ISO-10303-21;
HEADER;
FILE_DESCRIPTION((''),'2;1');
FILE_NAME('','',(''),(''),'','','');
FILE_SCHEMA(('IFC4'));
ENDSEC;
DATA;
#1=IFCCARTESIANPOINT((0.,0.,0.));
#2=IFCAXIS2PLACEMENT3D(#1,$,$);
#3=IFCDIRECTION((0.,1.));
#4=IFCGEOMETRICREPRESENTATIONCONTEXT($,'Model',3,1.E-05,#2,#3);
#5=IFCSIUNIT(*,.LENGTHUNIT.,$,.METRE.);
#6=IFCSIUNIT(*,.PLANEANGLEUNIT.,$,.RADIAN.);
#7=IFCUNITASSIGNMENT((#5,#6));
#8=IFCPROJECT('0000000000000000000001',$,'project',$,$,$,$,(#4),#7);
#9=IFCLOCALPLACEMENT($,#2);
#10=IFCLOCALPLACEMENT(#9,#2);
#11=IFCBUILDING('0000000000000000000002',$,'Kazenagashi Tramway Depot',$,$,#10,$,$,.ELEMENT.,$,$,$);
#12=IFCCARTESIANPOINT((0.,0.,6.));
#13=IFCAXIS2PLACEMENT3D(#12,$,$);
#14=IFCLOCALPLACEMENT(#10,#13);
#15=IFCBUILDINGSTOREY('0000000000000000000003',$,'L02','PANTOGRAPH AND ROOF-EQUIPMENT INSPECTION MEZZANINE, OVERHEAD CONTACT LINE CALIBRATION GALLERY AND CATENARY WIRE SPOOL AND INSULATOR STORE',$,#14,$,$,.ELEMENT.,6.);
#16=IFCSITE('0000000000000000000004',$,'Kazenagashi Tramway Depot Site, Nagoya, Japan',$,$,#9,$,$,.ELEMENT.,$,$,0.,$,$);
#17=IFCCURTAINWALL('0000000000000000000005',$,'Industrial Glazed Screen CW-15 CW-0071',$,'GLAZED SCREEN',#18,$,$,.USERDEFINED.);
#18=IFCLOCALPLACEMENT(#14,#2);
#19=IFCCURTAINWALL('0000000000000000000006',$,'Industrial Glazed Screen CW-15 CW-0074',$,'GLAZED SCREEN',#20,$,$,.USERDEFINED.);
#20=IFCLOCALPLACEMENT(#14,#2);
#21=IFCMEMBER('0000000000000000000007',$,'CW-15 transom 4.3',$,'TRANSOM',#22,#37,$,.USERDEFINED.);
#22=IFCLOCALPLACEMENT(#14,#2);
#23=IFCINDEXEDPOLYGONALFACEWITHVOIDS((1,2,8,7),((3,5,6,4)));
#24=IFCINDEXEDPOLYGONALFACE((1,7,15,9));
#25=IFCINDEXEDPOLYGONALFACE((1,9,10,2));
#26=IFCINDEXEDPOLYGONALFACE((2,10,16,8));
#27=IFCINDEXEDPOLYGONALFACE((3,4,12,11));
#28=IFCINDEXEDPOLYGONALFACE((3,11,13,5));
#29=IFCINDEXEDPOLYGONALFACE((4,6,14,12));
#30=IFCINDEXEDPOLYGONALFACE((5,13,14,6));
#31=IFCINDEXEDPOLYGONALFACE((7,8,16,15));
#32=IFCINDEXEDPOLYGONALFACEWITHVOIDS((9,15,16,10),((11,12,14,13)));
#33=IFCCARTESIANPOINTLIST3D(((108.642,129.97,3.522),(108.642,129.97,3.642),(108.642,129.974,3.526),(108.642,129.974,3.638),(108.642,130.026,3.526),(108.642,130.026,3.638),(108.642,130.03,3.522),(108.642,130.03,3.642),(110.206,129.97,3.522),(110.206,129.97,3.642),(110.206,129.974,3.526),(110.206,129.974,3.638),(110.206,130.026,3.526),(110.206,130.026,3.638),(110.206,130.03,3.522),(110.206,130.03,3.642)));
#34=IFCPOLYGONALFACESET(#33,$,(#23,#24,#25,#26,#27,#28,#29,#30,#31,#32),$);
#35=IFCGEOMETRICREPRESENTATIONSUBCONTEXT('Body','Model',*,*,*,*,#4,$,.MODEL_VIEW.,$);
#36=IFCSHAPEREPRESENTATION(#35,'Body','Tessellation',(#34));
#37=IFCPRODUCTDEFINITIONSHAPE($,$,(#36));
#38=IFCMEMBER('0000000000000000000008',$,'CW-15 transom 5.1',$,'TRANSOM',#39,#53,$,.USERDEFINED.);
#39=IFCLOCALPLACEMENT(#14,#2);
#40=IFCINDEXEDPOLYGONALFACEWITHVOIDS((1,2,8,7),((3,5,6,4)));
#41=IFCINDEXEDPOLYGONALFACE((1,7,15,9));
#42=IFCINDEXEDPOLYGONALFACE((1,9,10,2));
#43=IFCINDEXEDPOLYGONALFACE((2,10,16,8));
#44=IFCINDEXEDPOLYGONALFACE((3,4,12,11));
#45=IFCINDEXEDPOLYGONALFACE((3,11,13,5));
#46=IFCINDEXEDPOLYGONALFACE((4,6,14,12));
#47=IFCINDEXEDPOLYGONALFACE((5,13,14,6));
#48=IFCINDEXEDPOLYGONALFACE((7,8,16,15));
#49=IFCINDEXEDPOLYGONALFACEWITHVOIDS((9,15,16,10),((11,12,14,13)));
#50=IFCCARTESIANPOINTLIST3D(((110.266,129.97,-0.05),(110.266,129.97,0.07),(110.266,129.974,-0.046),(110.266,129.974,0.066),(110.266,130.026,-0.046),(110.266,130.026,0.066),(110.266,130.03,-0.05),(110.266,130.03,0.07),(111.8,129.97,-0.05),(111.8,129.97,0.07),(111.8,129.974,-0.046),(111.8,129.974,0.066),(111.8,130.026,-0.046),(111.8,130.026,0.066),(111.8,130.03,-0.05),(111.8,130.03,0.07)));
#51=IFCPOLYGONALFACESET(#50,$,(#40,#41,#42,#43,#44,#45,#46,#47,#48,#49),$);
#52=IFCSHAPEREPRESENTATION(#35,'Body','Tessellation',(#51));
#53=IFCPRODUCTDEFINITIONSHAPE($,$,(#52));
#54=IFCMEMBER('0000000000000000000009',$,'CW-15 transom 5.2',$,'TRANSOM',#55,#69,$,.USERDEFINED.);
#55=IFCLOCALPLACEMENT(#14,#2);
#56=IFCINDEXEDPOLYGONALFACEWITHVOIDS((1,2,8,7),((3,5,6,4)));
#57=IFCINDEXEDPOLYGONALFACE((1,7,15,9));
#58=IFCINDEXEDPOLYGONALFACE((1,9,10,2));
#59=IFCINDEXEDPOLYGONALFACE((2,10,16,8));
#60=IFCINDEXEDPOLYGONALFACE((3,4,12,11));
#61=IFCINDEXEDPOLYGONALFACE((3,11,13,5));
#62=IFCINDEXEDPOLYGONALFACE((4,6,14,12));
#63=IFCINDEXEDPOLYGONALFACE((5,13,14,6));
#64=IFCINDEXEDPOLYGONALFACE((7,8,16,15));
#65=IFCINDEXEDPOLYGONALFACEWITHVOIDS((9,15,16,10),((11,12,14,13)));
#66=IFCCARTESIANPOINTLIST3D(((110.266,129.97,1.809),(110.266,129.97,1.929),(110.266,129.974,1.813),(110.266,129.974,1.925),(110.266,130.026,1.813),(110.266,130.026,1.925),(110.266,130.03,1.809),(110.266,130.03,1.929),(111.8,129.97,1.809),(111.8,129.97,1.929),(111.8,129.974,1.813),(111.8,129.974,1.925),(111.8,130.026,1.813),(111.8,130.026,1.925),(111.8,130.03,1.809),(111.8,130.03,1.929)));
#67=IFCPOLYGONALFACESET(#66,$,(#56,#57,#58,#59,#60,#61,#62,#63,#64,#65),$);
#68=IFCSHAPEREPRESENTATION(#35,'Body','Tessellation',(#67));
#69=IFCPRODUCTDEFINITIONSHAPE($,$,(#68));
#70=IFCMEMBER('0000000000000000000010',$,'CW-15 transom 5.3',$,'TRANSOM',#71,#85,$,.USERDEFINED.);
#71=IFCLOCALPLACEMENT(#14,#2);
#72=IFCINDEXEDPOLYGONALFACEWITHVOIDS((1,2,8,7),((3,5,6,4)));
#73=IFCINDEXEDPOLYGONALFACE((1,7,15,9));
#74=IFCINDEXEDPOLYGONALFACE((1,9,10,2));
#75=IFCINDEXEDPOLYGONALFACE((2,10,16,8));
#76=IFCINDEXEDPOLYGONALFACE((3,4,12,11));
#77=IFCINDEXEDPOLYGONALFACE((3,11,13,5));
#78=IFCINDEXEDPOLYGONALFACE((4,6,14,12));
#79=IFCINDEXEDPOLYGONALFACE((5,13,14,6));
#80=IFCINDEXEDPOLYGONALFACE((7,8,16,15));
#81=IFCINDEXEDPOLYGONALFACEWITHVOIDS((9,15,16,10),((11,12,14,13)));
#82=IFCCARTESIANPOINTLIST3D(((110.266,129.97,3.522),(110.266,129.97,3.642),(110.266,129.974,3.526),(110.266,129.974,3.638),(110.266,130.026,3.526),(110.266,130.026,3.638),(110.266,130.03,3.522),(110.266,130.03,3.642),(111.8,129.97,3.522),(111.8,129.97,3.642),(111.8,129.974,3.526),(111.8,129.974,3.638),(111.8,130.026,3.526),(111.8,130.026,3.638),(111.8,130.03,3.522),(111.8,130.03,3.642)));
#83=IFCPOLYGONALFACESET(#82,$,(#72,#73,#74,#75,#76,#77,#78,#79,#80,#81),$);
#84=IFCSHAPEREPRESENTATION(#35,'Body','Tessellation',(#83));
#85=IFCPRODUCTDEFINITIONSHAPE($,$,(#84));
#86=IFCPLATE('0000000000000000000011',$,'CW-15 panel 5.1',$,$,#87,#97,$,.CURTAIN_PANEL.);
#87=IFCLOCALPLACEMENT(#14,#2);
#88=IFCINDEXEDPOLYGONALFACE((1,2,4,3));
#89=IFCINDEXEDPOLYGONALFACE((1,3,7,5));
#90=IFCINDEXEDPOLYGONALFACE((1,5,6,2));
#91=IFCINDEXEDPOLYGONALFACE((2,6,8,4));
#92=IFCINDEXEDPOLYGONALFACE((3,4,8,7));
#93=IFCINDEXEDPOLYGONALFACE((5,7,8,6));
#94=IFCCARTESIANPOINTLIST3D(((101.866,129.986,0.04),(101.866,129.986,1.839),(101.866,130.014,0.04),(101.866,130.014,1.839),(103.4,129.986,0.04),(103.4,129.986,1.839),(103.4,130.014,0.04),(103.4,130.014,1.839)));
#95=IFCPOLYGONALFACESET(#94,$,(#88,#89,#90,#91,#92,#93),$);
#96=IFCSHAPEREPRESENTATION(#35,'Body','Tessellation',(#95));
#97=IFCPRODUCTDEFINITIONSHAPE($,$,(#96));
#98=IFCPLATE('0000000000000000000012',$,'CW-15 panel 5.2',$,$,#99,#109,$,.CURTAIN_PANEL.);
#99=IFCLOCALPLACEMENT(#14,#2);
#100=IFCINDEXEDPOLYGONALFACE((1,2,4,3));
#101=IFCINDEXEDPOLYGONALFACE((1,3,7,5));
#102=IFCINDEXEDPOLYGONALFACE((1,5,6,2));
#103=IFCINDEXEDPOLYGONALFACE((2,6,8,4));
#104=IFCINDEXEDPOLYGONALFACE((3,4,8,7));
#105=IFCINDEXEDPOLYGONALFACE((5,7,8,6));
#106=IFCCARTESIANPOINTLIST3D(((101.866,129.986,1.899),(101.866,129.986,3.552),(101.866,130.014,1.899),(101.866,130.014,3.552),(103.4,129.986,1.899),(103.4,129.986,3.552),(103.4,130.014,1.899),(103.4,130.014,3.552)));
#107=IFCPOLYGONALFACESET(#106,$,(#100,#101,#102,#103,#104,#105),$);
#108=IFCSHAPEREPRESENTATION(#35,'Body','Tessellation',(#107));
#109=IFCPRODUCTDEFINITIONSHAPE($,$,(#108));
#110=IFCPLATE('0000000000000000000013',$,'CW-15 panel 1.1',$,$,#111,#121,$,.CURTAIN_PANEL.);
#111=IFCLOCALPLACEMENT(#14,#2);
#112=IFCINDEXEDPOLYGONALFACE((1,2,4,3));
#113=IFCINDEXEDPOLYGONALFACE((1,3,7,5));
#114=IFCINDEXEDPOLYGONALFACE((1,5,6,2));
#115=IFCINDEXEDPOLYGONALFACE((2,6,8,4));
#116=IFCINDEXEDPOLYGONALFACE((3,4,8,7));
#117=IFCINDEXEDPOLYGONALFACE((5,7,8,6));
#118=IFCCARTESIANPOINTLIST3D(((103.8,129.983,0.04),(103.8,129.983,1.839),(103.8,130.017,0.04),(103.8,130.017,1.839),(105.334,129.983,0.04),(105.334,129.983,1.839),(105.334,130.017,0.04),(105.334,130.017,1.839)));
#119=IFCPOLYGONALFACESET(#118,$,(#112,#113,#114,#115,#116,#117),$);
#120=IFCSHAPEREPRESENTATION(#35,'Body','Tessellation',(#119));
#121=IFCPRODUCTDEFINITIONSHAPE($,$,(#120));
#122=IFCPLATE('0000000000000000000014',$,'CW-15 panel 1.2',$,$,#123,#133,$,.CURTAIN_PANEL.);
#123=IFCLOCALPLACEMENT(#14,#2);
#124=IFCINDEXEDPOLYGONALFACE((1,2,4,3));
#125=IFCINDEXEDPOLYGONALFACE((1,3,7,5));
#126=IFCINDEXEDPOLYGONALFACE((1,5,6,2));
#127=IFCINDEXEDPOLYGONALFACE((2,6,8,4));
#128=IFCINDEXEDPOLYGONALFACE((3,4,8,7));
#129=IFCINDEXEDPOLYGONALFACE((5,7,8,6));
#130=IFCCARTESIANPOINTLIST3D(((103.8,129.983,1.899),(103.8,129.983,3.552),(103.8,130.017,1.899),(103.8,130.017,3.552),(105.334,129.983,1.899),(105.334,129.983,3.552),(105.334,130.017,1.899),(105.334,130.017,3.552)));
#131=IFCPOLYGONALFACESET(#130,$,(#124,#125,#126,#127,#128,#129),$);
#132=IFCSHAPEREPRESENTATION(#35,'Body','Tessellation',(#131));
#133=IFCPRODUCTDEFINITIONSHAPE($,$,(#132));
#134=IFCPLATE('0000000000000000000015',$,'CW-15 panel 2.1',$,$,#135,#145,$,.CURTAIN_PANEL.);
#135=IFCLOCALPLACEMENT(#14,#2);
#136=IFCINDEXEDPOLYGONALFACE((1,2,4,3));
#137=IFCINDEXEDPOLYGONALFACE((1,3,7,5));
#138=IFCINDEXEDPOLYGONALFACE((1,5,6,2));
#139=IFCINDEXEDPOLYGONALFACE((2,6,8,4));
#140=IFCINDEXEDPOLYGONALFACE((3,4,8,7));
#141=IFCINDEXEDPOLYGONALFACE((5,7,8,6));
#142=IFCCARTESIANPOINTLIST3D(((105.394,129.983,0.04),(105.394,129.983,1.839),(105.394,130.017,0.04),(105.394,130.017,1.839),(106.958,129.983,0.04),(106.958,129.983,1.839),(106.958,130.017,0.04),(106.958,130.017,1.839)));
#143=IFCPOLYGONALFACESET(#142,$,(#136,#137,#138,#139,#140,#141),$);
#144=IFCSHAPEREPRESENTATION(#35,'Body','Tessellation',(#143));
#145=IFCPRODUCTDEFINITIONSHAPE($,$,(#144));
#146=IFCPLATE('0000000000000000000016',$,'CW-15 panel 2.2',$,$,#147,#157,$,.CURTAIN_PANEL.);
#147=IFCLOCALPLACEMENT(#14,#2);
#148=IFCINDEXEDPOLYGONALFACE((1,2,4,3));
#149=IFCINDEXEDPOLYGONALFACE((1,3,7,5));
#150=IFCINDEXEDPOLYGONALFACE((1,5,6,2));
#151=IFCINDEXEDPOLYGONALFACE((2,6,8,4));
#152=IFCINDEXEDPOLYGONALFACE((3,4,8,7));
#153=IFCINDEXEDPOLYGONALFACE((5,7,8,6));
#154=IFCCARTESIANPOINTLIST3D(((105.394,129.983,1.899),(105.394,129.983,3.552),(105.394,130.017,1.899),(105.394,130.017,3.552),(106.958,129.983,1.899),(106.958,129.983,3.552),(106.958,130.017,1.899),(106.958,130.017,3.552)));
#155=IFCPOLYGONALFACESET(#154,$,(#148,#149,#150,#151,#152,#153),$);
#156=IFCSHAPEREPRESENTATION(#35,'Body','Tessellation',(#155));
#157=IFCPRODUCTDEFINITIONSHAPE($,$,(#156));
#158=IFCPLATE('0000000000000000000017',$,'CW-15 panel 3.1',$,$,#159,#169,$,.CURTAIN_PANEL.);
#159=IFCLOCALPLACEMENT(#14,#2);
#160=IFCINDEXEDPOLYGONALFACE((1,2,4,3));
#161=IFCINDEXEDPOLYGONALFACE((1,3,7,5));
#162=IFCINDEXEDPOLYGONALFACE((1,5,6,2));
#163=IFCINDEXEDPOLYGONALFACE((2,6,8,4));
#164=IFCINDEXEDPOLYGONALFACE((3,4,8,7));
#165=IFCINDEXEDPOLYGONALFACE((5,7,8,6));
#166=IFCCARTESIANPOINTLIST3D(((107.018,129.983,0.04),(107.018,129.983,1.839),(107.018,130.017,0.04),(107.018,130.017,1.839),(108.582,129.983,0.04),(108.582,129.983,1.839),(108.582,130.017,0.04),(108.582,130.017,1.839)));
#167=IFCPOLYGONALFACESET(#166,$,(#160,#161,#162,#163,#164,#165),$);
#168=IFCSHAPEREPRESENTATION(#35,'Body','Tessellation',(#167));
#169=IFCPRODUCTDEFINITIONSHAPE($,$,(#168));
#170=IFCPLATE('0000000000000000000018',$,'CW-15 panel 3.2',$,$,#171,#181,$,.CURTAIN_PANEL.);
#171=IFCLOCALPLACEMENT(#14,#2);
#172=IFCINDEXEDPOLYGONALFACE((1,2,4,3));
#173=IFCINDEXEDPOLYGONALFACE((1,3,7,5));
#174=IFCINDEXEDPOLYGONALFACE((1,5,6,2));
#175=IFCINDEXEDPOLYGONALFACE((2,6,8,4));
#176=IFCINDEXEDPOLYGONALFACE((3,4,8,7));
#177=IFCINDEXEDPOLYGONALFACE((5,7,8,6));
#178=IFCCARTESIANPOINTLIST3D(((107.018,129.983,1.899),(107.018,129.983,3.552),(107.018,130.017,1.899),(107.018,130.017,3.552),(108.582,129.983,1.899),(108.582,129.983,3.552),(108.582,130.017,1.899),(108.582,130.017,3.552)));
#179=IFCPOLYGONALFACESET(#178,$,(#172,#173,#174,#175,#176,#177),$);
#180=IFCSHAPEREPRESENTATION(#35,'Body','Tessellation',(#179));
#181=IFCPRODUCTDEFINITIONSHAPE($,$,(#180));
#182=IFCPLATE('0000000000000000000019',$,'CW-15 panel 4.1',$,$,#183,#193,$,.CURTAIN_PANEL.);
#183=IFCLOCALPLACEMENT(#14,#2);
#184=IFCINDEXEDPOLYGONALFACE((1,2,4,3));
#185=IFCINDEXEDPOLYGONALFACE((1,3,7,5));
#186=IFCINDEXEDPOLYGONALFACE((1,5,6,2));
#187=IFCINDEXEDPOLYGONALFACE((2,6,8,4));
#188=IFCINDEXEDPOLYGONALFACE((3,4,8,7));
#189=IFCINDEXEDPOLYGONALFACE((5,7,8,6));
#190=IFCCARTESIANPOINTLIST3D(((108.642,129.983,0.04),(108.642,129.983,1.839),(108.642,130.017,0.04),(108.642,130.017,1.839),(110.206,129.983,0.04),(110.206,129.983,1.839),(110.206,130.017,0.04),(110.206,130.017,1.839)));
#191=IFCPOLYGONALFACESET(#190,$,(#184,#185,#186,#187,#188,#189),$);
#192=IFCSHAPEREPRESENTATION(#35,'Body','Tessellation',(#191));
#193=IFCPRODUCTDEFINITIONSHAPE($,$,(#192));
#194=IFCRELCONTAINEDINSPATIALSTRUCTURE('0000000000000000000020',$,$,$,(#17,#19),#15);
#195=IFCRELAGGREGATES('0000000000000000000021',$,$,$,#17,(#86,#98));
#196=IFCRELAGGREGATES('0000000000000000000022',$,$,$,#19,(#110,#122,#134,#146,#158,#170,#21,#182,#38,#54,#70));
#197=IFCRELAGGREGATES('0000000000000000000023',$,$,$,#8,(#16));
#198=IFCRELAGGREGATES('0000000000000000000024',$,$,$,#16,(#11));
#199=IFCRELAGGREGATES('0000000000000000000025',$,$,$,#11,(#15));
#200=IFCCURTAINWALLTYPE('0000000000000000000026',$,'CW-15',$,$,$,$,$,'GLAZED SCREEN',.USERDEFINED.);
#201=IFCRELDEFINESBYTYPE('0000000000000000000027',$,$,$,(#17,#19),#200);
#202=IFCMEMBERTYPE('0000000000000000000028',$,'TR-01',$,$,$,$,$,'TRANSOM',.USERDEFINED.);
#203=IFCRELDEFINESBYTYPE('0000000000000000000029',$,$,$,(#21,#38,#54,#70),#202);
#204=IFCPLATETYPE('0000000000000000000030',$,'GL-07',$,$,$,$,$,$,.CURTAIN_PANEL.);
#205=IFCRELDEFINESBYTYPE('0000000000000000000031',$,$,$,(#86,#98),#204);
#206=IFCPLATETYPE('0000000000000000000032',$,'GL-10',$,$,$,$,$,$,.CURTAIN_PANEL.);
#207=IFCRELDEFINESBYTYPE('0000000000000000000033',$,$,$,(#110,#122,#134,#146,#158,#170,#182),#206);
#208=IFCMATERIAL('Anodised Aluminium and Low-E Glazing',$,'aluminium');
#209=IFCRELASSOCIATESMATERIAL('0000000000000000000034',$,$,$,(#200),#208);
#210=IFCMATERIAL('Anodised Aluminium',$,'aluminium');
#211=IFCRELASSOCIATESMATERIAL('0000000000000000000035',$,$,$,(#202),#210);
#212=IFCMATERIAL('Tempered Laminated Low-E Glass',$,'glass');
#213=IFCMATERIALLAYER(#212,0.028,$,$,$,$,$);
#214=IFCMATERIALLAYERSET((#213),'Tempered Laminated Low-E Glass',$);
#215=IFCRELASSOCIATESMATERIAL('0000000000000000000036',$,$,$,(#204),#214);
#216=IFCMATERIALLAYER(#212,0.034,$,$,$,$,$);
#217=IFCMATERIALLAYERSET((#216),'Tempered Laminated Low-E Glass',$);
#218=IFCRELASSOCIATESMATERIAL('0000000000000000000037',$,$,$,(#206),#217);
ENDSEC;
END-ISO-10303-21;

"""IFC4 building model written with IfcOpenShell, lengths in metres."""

from ifc_helpers import new_model, si_unit, direction, frame, origin, origin_2d, place, context, subcontext, project, spatial, rectangle, hollow_rectangle, extrude, material, layer, layer_set, material_profile, profile_set, type_object, element, aggregate, save


model = new_model("IFC4")

# Units and contexts
model_context = context("Model", 3, precision=1e-05, world=origin(), true_north=direction((0.0, 1.0)))
body_context = subcontext(model_context, "Body", "Model", "MODEL_VIEW")
ifc_project = project(units=[si_unit("LENGTHUNIT", "METRE"), si_unit("PLANEANGLEUNIT", "RADIAN")], contexts=[model_context])

# Site, building, storey
site_placement = place(None, origin())
site = spatial("IfcSite", under=ifc_project, at=site_placement, Name="Kazenagashi Tramway Depot Site, Nagoya, Japan", CompositionType="ELEMENT", RefElevation=0.0)
building_placement = place(site_placement, origin())
building = spatial("IfcBuilding", under=site, at=building_placement, Name="Kazenagashi Tramway Depot", CompositionType="ELEMENT")
storey_placement = place(building_placement, frame((0.0, 0.0, 6.0)))
storey = spatial("IfcBuildingStorey", under=building, at=storey_placement, Name="L02", Description="PANTOGRAPH AND ROOF-EQUIPMENT INSPECTION MEZZANINE, OVERHEAD CONTACT LINE CALIBRATION GALLERY AND CATENARY WIRE SPOOL AND INSULATOR STORE", CompositionType="ELEMENT", Elevation=6.0)

# Curtain wall
ifc_material_1 = material(Name="Anodised Aluminium and Low-E Glazing", Category="aluminium")
curtain_wall_type = type_object("IfcCurtainWallType", Name="CW-15", ElementType="GLAZED SCREEN", PredefinedType="USERDEFINED", material=ifc_material_1)
curtain_wall_1_placement = place(storey_placement, origin())
curtain_wall_1 = element("IfcCurtainWall", 1, at=curtain_wall_1_placement, inside=storey, type_object=curtain_wall_type, Name="Industrial Glazed Screen CW-15 CW-0071", ObjectType="GLAZED SCREEN", PredefinedType="USERDEFINED")
ifc_material_2 = material(Name="Anodised Aluminium", Category="aluminium")

# Curtain wall
curtain_wall_2_placement = place(storey_placement, origin())
curtain_wall_2 = element("IfcCurtainWall", 2, at=curtain_wall_2_placement, inside=storey, type_object=curtain_wall_type, Name="Industrial Glazed Screen CW-15 CW-0074", ObjectType="GLAZED SCREEN", PredefinedType="USERDEFINED")

# Members
ifc_material_profile_1 = material_profile(ifc_material_2, hollow_rectangle(XDim=0.06, YDim=0.12, WallThickness=0.004, at=origin_2d()), Name="RHS-120x60x4")
ifc_profile_set_1 = profile_set([ifc_material_profile_1], Name="Anodised Aluminium")
member_type_1 = type_object("IfcMemberType", Name="TR-01", ElementType="TRANSOM", PredefinedType="USERDEFINED", material=ifc_profile_set_1)
member_1_placement = place(storey_placement, frame((108.642, 130.0, 3.582), z_axis=(1.0, 0.0, 0.0), x_axis=(0.0, 1.0, 0.0)))
member_1 = element("IfcMember", 3, at=member_1_placement, type_object=member_type_1, Name="CW-15 transom 4.3", ObjectType="TRANSOM", PredefinedType="USERDEFINED", context=body_context, shape_type="SweptSolid", body=[
    extrude(hollow_rectangle(XDim=0.06, YDim=0.12, WallThickness=0.004, at=origin_2d()), origin(), (0.0, 0.0, 1.0), 1.564),
])
member_2_placement = place(storey_placement, frame((110.266, 130.0, 0.01), z_axis=(1.0, 0.0, 0.0), x_axis=(0.0, 1.0, 0.0)))
member_2 = element("IfcMember", 4, at=member_2_placement, type_object=member_type_1, Name="CW-15 transom 5.1", ObjectType="TRANSOM", PredefinedType="USERDEFINED", context=body_context, shape_type="SweptSolid", body=[
    extrude(hollow_rectangle(XDim=0.06, YDim=0.12, WallThickness=0.004, at=origin_2d()), origin(), (0.0, 0.0, 1.0), 1.534),
])
member_3_placement = place(storey_placement, frame((110.266, 130.0, 1.869), z_axis=(1.0, 0.0, 0.0), x_axis=(0.0, 1.0, 0.0)))
member_3 = element("IfcMember", 5, at=member_3_placement, type_object=member_type_1, Name="CW-15 transom 5.2", ObjectType="TRANSOM", PredefinedType="USERDEFINED", context=body_context, shape_type="SweptSolid", body=[
    extrude(hollow_rectangle(XDim=0.06, YDim=0.12, WallThickness=0.004, at=origin_2d()), origin(), (0.0, 0.0, 1.0), 1.534),
])
member_4_placement = place(storey_placement, frame((110.266, 130.0, 3.582), z_axis=(1.0, 0.0, 0.0), x_axis=(0.0, 1.0, 0.0)))
member_4 = element("IfcMember", 6, at=member_4_placement, type_object=member_type_1, Name="CW-15 transom 5.3", ObjectType="TRANSOM", PredefinedType="USERDEFINED", context=body_context, shape_type="SweptSolid", body=[
    extrude(hollow_rectangle(XDim=0.06, YDim=0.12, WallThickness=0.004, at=origin_2d()), origin(), (0.0, 0.0, 1.0), 1.534),
])

# Plates
ifc_material_3 = material(Name="Tempered Laminated Low-E Glass", Category="glass")
ifc_layer_1 = layer(ifc_material_3, 0.028)
ifc_layer_set_1 = layer_set([ifc_layer_1], Name="Tempered Laminated Low-E Glass")
plate_type_1 = type_object("IfcPlateType", Name="GL-07", PredefinedType="CURTAIN_PANEL", material=ifc_layer_set_1)
plate_1_placement = place(storey_placement, frame((102.633, 130.0, 0.04), z_axis=(0.0, 0.0, 1.0), x_axis=(1.0, 0.0, 0.0)))
plate_1 = element("IfcPlate", 7, at=plate_1_placement, type_object=plate_type_1, Name="CW-15 panel 5.1", PredefinedType="CURTAIN_PANEL", context=body_context, shape_type="SweptSolid", body=[
    extrude(rectangle(XDim=1.534, YDim=0.028, at=origin_2d()), origin(), (0.0, 0.0, 1.0), 1.799),
])
plate_2_placement = place(storey_placement, frame((102.633, 130.0, 1.899), z_axis=(0.0, 0.0, 1.0), x_axis=(1.0, 0.0, 0.0)))
plate_2 = element("IfcPlate", 8, at=plate_2_placement, type_object=plate_type_1, Name="CW-15 panel 5.2", PredefinedType="CURTAIN_PANEL", context=body_context, shape_type="SweptSolid", body=[
    extrude(rectangle(XDim=1.534, YDim=0.028, at=origin_2d()), origin(), (0.0, 0.0, 1.0), 1.653),
])
aggregate(curtain_wall_1, [plate_1, plate_2])
ifc_layer_2 = layer(ifc_material_3, 0.034)
ifc_layer_set_2 = layer_set([ifc_layer_2], Name="Tempered Laminated Low-E Glass")
plate_type_2 = type_object("IfcPlateType", Name="GL-10", PredefinedType="CURTAIN_PANEL", material=ifc_layer_set_2)
plate_3_placement = place(storey_placement, frame((104.567, 130.0, 0.04), z_axis=(0.0, 0.0, 1.0), x_axis=(1.0, 0.0, 0.0)))
plate_3 = element("IfcPlate", 9, at=plate_3_placement, type_object=plate_type_2, Name="CW-15 panel 1.1", PredefinedType="CURTAIN_PANEL", context=body_context, shape_type="SweptSolid", body=[
    extrude(rectangle(XDim=1.534, YDim=0.034, at=origin_2d()), origin(), (0.0, 0.0, 1.0), 1.799),
])
plate_4_placement = place(storey_placement, frame((104.567, 130.0, 1.899), z_axis=(0.0, 0.0, 1.0), x_axis=(1.0, 0.0, 0.0)))
plate_4 = element("IfcPlate", 10, at=plate_4_placement, type_object=plate_type_2, Name="CW-15 panel 1.2", PredefinedType="CURTAIN_PANEL", context=body_context, shape_type="SweptSolid", body=[
    extrude(rectangle(XDim=1.534, YDim=0.034, at=origin_2d()), origin(), (0.0, 0.0, 1.0), 1.653),
])
plate_5_placement = place(storey_placement, frame((106.176, 130.0, 0.04), z_axis=(0.0, 0.0, 1.0), x_axis=(1.0, 0.0, 0.0)))
plate_5 = element("IfcPlate", 11, at=plate_5_placement, type_object=plate_type_2, Name="CW-15 panel 2.1", PredefinedType="CURTAIN_PANEL", context=body_context, shape_type="SweptSolid", body=[
    extrude(rectangle(XDim=1.564, YDim=0.034, at=origin_2d()), origin(), (0.0, 0.0, 1.0), 1.799),
])
plate_6_placement = place(storey_placement, frame((106.176, 130.0, 1.899), z_axis=(0.0, 0.0, 1.0), x_axis=(1.0, 0.0, 0.0)))
plate_6 = element("IfcPlate", 12, at=plate_6_placement, type_object=plate_type_2, Name="CW-15 panel 2.2", PredefinedType="CURTAIN_PANEL", context=body_context, shape_type="SweptSolid", body=[
    extrude(rectangle(XDim=1.564, YDim=0.034, at=origin_2d()), origin(), (0.0, 0.0, 1.0), 1.653),
])
plate_7_placement = place(storey_placement, frame((107.8, 130.0, 0.04), z_axis=(0.0, 0.0, 1.0), x_axis=(1.0, 0.0, 0.0)))
plate_7 = element("IfcPlate", 13, at=plate_7_placement, type_object=plate_type_2, Name="CW-15 panel 3.1", PredefinedType="CURTAIN_PANEL", context=body_context, shape_type="SweptSolid", body=[
    extrude(rectangle(XDim=1.564, YDim=0.034, at=origin_2d()), origin(), (0.0, 0.0, 1.0), 1.799),
])
plate_8_placement = place(storey_placement, frame((107.8, 130.0, 1.899), z_axis=(0.0, 0.0, 1.0), x_axis=(1.0, 0.0, 0.0)))
plate_8 = element("IfcPlate", 14, at=plate_8_placement, type_object=plate_type_2, Name="CW-15 panel 3.2", PredefinedType="CURTAIN_PANEL", context=body_context, shape_type="SweptSolid", body=[
    extrude(rectangle(XDim=1.564, YDim=0.034, at=origin_2d()), origin(), (0.0, 0.0, 1.0), 1.653),
])
plate_9_placement = place(storey_placement, frame((109.424, 130.0, 0.04), z_axis=(0.0, 0.0, 1.0), x_axis=(1.0, 0.0, 0.0)))
plate_9 = element("IfcPlate", 15, at=plate_9_placement, type_object=plate_type_2, Name="CW-15 panel 4.1", PredefinedType="CURTAIN_PANEL", context=body_context, shape_type="SweptSolid", body=[
    extrude(rectangle(XDim=1.564, YDim=0.034, at=origin_2d()), origin(), (0.0, 0.0, 1.0), 1.799),
])
aggregate(curtain_wall_2, [plate_3, plate_4, plate_5, plate_6, plate_7, plate_8, member_1, plate_9, member_2, member_3, member_4])

save(model, "model.ifc")
